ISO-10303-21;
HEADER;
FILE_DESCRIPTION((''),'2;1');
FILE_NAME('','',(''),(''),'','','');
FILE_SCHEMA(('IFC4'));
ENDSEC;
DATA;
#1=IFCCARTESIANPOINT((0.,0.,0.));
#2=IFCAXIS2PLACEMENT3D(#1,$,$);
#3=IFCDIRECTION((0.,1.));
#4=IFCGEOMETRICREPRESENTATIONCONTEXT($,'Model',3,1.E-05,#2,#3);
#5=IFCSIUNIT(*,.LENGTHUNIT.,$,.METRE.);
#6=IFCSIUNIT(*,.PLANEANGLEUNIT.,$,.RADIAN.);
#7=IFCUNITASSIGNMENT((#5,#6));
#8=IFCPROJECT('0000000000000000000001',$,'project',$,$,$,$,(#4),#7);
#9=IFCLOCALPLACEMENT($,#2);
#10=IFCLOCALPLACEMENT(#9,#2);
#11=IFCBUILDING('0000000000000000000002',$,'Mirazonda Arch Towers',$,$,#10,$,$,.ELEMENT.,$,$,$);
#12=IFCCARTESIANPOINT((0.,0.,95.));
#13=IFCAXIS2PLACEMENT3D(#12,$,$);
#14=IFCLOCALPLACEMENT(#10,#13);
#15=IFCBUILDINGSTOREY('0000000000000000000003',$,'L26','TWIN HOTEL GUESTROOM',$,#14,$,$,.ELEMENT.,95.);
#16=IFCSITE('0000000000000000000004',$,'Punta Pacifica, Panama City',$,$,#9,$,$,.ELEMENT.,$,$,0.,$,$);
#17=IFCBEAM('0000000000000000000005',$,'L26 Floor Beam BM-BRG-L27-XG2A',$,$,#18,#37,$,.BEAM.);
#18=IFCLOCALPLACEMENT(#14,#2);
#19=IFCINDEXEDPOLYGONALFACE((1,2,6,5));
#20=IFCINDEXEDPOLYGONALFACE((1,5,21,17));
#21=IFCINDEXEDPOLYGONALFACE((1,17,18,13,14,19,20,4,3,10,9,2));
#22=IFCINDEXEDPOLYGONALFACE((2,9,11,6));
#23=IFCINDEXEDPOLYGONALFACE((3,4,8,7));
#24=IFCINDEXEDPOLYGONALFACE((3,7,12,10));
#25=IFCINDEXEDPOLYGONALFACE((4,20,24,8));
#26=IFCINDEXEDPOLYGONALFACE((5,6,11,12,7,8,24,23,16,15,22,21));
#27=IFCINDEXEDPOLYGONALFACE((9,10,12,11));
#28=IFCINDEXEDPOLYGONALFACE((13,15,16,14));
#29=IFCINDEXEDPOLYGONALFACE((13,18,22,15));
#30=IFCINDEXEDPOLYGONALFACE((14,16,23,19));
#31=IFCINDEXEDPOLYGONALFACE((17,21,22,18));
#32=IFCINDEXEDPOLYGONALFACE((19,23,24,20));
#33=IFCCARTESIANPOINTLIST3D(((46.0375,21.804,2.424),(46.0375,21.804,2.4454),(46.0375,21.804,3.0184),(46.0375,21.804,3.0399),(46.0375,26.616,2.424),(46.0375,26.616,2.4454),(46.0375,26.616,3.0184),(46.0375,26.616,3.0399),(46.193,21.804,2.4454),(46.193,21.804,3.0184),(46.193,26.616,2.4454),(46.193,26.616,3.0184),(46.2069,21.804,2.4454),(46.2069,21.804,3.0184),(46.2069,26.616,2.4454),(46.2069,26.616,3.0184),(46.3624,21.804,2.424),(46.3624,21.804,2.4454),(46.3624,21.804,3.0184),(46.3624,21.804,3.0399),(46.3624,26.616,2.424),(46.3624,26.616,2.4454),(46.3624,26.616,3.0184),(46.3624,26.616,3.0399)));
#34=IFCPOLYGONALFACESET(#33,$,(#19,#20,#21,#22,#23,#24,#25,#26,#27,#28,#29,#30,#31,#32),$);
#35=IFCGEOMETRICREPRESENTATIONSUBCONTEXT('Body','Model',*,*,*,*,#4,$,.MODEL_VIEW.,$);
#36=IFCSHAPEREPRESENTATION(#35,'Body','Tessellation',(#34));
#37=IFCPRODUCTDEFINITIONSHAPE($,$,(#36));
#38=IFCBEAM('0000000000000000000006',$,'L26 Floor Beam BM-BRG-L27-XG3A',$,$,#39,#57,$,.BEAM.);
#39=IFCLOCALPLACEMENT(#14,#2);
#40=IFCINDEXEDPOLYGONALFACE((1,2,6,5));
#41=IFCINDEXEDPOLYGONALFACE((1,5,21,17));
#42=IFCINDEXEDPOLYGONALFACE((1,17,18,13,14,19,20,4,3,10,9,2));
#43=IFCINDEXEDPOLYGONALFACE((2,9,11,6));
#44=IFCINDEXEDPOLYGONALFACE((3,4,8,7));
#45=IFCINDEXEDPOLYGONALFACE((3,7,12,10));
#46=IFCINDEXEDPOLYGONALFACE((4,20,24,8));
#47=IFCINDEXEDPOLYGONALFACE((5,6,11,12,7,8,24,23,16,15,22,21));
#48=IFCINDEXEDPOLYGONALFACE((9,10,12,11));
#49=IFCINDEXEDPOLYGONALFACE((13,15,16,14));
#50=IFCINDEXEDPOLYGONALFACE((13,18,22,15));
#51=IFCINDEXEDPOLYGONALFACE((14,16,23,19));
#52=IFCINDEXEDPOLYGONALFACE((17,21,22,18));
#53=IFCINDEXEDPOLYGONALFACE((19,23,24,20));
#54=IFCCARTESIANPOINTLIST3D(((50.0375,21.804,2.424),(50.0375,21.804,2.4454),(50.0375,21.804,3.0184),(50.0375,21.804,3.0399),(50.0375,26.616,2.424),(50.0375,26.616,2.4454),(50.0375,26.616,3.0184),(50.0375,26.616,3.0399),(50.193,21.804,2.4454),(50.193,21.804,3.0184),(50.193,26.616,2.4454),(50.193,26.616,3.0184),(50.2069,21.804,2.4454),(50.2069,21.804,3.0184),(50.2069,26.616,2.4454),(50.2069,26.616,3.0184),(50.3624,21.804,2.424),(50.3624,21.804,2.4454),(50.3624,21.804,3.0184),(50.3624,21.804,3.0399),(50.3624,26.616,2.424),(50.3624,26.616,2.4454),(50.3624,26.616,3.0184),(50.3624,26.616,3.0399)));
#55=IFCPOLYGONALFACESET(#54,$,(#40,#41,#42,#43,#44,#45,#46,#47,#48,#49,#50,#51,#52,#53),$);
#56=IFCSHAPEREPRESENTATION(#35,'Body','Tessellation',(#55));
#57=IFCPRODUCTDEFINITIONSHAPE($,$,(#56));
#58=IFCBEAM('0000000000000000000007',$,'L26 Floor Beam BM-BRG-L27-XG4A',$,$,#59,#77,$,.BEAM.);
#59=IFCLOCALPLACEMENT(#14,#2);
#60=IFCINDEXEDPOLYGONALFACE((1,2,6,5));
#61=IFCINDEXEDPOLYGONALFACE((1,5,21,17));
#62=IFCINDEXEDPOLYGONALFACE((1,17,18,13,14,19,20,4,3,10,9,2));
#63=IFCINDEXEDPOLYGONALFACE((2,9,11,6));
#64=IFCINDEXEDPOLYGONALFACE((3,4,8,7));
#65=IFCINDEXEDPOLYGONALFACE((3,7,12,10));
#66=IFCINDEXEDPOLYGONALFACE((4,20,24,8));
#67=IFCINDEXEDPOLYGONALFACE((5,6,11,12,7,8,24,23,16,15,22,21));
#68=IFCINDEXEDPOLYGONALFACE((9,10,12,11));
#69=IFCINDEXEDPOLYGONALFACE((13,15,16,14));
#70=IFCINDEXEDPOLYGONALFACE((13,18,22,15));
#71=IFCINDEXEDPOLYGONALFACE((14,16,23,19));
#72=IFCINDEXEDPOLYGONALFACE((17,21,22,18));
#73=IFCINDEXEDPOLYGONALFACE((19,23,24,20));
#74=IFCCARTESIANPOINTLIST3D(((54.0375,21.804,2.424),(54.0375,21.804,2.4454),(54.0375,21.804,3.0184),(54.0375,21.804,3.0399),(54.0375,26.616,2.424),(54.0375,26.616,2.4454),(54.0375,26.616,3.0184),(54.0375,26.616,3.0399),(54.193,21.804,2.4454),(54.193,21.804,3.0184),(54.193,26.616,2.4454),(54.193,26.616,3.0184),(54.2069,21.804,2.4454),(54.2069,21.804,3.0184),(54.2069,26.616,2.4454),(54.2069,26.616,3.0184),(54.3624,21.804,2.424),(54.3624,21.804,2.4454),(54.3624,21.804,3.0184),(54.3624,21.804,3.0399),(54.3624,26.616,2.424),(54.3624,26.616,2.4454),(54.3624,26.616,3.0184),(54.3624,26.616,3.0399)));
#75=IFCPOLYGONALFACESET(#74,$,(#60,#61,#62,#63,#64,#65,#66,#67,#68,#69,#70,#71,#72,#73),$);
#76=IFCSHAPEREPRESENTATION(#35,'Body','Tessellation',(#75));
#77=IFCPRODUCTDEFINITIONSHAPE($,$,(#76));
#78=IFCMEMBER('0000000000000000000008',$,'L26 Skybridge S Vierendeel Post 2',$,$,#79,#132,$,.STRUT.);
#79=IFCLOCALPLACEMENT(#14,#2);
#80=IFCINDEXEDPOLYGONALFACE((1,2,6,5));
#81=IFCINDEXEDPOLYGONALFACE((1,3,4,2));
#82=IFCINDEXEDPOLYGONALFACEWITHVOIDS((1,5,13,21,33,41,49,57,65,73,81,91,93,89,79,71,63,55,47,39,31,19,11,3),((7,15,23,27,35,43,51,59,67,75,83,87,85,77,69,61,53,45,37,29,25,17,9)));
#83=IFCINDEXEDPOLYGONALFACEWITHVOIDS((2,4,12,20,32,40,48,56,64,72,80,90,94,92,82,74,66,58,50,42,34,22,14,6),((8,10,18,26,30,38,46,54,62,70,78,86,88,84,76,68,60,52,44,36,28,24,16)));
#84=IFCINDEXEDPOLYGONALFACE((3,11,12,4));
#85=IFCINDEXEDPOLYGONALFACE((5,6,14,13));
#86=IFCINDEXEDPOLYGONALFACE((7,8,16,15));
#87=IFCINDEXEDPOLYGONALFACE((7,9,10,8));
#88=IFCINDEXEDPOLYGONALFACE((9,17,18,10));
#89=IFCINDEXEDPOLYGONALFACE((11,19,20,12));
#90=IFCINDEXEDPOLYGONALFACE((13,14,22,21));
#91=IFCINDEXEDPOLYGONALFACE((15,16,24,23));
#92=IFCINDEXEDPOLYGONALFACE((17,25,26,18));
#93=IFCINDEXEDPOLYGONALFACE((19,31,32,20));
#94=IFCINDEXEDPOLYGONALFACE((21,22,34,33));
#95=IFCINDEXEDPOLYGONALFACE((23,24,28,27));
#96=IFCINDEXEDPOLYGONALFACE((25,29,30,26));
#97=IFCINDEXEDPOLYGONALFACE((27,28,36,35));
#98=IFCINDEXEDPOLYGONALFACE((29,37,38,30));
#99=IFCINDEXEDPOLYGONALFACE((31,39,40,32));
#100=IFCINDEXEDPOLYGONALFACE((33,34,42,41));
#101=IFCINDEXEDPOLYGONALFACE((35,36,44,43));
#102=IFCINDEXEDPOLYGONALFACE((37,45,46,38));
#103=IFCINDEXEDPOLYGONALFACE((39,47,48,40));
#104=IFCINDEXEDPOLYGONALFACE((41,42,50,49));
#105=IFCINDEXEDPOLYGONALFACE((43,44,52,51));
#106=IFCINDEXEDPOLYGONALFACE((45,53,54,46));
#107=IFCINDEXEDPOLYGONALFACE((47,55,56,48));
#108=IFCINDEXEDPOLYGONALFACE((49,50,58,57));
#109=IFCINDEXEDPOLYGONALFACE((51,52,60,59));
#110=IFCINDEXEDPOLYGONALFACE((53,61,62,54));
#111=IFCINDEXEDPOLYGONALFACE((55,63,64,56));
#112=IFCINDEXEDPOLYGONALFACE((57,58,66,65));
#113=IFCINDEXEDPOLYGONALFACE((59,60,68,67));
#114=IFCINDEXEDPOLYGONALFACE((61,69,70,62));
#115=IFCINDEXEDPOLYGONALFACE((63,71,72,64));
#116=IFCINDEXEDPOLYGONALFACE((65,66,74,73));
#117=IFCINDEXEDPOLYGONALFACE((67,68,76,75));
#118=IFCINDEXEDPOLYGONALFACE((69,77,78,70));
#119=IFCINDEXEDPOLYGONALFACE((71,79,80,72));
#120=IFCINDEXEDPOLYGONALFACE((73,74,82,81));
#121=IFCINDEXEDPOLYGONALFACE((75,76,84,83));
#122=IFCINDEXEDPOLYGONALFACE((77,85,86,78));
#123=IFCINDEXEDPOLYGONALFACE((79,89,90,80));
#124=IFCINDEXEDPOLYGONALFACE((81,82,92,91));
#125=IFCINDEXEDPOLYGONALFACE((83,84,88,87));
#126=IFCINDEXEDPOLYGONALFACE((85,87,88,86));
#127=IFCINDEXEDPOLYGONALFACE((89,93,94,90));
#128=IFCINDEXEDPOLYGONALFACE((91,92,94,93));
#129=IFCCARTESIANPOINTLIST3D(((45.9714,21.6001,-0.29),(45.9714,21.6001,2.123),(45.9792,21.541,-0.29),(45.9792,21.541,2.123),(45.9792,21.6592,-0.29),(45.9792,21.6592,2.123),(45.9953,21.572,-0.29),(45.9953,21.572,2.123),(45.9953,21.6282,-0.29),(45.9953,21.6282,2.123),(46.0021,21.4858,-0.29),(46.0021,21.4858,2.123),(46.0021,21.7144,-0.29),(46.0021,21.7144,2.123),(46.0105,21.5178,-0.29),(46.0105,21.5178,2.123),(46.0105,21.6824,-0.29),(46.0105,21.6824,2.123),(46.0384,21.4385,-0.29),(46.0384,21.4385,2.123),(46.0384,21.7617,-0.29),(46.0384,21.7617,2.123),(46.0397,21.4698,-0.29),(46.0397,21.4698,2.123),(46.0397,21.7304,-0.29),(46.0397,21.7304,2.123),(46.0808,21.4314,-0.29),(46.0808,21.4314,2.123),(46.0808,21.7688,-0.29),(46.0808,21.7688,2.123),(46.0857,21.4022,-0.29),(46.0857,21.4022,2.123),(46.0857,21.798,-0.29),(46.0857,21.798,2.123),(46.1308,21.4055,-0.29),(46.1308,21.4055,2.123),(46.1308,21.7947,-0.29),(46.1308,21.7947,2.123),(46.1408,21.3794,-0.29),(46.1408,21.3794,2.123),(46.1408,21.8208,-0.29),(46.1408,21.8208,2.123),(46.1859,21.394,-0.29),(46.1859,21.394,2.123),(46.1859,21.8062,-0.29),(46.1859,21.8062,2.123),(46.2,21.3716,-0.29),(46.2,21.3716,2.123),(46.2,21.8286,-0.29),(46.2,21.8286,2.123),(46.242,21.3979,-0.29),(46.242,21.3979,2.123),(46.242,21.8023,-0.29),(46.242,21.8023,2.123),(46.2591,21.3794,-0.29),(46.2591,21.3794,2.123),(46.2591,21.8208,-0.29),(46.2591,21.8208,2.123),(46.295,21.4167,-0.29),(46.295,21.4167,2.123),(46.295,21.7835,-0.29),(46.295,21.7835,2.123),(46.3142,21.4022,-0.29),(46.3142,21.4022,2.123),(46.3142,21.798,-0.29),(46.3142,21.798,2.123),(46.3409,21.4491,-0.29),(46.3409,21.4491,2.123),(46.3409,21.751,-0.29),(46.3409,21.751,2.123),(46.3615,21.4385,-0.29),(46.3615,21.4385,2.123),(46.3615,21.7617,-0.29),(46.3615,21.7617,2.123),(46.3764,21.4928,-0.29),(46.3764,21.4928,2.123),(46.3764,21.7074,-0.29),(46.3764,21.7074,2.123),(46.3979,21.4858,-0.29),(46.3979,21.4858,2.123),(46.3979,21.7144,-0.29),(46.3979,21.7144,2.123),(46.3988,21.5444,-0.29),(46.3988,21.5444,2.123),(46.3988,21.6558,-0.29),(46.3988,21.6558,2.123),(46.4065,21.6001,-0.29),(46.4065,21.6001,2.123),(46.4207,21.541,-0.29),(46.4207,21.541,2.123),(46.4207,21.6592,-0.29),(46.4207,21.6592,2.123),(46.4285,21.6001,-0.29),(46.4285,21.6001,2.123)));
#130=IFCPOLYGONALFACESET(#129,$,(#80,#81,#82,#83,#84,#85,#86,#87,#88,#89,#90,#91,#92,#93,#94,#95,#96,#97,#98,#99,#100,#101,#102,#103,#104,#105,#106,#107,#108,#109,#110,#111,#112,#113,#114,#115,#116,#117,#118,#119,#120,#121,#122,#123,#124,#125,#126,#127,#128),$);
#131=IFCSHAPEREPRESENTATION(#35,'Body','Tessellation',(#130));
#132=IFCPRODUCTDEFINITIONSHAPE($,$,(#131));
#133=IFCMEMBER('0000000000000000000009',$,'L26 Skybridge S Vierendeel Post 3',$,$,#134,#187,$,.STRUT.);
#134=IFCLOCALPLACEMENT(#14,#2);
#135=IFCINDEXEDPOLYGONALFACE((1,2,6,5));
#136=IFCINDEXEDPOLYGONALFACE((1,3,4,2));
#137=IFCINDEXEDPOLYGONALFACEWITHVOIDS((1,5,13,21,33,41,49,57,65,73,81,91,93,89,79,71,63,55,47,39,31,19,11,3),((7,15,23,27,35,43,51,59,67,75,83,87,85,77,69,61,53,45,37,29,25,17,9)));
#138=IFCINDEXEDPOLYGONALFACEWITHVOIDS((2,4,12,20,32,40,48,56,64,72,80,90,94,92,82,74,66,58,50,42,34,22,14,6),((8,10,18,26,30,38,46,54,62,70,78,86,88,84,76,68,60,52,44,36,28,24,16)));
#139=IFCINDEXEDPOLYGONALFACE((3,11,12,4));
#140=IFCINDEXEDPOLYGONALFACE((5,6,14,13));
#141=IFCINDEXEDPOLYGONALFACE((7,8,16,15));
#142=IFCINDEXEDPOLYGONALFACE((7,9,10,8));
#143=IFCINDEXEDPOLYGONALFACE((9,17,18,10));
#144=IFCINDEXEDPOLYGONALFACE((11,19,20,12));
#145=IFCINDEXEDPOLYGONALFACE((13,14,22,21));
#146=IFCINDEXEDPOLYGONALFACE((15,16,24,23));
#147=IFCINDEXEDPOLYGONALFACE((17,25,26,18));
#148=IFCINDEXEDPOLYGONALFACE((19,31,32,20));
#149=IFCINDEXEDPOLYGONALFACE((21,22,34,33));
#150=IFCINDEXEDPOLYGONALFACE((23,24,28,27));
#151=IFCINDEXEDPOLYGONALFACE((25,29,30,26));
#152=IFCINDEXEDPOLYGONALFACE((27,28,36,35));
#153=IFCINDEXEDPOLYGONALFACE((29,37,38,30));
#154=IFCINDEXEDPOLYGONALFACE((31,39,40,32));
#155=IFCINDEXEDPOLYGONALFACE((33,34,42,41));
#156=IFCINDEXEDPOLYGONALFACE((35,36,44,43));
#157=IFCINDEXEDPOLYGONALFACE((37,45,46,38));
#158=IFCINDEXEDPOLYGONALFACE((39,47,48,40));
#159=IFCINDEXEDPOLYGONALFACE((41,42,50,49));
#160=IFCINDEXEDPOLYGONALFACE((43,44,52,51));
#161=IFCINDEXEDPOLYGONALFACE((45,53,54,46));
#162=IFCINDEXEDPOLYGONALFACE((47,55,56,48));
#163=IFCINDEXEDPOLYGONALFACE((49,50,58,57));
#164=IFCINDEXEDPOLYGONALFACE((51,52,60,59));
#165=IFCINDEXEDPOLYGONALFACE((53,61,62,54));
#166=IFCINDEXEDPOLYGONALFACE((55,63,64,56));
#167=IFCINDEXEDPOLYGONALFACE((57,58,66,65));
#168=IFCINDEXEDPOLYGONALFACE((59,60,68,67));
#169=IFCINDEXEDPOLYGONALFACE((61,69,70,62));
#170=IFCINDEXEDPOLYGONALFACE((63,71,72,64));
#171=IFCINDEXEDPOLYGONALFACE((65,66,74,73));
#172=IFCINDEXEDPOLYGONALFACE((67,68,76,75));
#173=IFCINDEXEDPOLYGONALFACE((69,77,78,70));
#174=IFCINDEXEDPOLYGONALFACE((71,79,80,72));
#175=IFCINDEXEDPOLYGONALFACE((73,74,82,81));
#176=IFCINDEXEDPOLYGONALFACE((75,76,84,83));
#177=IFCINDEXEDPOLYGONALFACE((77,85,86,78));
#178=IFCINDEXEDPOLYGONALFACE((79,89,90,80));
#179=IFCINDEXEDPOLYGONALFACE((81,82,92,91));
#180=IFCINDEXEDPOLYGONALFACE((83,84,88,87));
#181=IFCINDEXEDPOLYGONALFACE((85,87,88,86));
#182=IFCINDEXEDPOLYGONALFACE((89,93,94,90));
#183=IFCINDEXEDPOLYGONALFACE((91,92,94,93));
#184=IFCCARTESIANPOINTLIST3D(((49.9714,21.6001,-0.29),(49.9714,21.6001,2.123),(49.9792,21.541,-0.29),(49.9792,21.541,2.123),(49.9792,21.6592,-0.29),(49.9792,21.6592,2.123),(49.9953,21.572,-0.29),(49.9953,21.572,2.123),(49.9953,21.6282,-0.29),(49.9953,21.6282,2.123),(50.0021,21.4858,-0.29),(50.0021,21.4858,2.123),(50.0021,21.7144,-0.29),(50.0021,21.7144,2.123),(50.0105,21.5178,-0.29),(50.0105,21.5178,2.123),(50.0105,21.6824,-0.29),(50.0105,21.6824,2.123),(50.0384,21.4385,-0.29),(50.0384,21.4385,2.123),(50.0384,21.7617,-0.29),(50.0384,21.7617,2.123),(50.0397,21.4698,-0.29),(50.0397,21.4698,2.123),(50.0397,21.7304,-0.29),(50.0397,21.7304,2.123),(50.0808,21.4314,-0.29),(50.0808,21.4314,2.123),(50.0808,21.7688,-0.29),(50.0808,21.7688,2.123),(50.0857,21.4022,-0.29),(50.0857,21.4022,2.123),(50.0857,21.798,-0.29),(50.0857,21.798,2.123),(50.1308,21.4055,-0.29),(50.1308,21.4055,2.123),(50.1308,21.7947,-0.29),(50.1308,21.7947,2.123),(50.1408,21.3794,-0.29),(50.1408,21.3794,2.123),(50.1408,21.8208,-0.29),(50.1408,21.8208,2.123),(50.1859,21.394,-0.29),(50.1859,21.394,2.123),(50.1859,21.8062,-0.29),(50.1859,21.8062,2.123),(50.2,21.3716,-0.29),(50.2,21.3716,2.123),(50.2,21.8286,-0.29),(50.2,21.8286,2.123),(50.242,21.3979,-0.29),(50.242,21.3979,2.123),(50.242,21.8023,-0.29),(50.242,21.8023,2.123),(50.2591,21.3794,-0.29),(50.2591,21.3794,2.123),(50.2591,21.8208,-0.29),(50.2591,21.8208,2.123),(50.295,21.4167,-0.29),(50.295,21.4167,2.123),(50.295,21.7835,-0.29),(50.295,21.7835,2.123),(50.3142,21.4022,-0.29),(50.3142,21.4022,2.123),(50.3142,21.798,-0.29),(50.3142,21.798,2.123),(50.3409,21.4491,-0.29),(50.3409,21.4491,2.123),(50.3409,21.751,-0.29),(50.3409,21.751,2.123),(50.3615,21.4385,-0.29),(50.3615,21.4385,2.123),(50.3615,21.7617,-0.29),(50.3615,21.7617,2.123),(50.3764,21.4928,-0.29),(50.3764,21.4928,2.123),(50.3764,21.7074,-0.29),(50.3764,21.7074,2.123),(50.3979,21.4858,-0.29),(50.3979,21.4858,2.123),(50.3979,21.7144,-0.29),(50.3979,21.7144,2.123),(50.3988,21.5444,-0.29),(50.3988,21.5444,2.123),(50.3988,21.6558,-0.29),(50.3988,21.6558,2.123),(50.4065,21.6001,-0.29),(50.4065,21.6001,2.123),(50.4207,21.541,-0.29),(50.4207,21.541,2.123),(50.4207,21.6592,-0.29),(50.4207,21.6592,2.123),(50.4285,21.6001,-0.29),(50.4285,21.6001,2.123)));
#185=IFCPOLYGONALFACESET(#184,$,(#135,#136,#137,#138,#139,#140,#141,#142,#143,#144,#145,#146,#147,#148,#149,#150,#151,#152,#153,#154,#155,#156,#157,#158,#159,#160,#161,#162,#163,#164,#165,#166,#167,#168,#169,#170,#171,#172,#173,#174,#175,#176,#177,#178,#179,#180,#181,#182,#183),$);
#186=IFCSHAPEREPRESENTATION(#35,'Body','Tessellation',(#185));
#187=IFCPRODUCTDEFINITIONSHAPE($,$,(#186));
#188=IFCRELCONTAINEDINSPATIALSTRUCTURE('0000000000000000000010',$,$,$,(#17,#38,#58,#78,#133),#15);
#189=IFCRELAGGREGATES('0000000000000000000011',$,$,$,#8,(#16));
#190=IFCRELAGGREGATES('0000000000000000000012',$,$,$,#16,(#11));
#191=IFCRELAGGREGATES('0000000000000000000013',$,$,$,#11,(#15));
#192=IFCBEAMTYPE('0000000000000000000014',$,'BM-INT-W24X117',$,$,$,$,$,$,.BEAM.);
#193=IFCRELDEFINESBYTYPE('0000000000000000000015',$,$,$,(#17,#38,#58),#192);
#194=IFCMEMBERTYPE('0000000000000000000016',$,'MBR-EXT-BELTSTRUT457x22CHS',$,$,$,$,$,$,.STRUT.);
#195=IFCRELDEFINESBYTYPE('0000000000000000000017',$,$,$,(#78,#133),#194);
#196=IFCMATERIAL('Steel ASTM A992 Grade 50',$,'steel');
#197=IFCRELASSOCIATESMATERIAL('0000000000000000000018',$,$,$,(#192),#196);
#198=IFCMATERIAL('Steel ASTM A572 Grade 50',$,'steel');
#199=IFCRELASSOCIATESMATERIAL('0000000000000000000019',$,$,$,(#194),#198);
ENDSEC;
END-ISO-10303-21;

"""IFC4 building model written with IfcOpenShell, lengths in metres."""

from ifc_helpers import new_model, si_unit, direction, frame, origin, origin_2d, place, context, subcontext, project, spatial, hollow_circle, i_section, extrude, material, material_profile, profile_set, type_object, element, save


model = new_model("IFC4")

# Units and contexts
model_context = context("Model", 3, precision=1e-05, world=origin(), true_north=direction((0.0, 1.0)))
body_context = subcontext(model_context, "Body", "Model", "MODEL_VIEW")
ifc_project = project(units=[si_unit("LENGTHUNIT", "METRE"), si_unit("PLANEANGLEUNIT", "RADIAN")], contexts=[model_context])

# Site, building, storey
site_placement = place(None, origin())
site = spatial("IfcSite", under=ifc_project, at=site_placement, Name="Punta Pacifica, Panama City", CompositionType="ELEMENT", RefElevation=0.0)
building_placement = place(site_placement, origin())
building = spatial("IfcBuilding", under=site, at=building_placement, Name="Mirazonda Arch Towers", CompositionType="ELEMENT")
storey_placement = place(building_placement, frame((0.0, 0.0, 95.0)))
storey = spatial("IfcBuildingStorey", under=building, at=storey_placement, Name="L26", Description="TWIN HOTEL GUESTROOM", CompositionType="ELEMENT", Elevation=95.0)

# Beams
ifc_material_1 = material(Name="Steel ASTM A992 Grade 50", Category="steel")
ifc_material_profile_1 = material_profile(ifc_material_1, i_section(OverallWidth=0.325, OverallDepth=0.616, WebThickness=0.0139, FlangeThickness=0.0215, at=origin_2d()), Name="W24X117")
ifc_profile_set_1 = profile_set([ifc_material_profile_1], Name="Steel ASTM A992 Grade 50")
beam_type = type_object("IfcBeamType", Name="BM-INT-W24X117", PredefinedType="BEAM", material=ifc_profile_set_1)
for number, where, z_axis, x_axis, name in (
    (1, (46.2, 21.804, 2.7319), (0.0, 1.0, 0.0), (-1.0, 0.0, 0.0), "L26 Floor Beam BM-BRG-L27-XG2A"),
    (2, (50.2, 21.804, 2.7319), (0.0, 1.0, 0.0), (-1.0, 0.0, 0.0), "L26 Floor Beam BM-BRG-L27-XG3A"),
    (3, (54.2, 21.804, 2.7319), (0.0, 1.0, 0.0), (-1.0, 0.0, 0.0), "L26 Floor Beam BM-BRG-L27-XG4A"),
):
    element("IfcBeam", number, at=place(storey_placement, frame(where, z_axis=z_axis, x_axis=x_axis)), inside=storey, type_object=beam_type, Name=name, PredefinedType="BEAM", context=body_context, shape_type="SweptSolid", body=[
        extrude(i_section(OverallWidth=0.325, OverallDepth=0.616, WebThickness=0.0139, FlangeThickness=0.0215, at=origin_2d()), origin(), (0.0, 0.0, 1.0), 4.812),
    ])

# Members
ifc_material_2 = material(Name="Steel ASTM A572 Grade 50", Category="steel")
ifc_material_profile_2 = material_profile(ifc_material_2, hollow_circle(Radius=0.2285, WallThickness=0.022, at=origin_2d()), Name="BELTSTRUT457x22CHS")
ifc_profile_set_2 = profile_set([ifc_material_profile_2], Name="Steel ASTM A572 Grade 50")
member_type_1 = type_object("IfcMemberType", Name="MBR-EXT-BELTSTRUT457x22CHS", PredefinedType="STRUT", material=ifc_profile_set_2)
for number, where, z_axis, x_axis, name in (
    (4, (46.2, 21.6001, -0.29), (0.0, 0.0, 1.0), (1.0, 0.0, 0.0), "L26 Skybridge S Vierendeel Post 2"),
    (5, (50.2, 21.6001, -0.29), (0.0, 0.0, 1.0), (1.0, 0.0, 0.0), "L26 Skybridge S Vierendeel Post 3"),
):
    element("IfcMember", number, at=place(storey_placement, frame(where, z_axis=z_axis, x_axis=x_axis)), inside=storey, type_object=member_type_1, Name=name, PredefinedType="STRUT", context=body_context, shape_type="SweptSolid", body=[
        extrude(hollow_circle(Radius=0.2285, WallThickness=0.022, at=origin_2d()), origin(), (0.0, 0.0, 1.0), 2.4131),
    ])

save(model, "model.ifc")
